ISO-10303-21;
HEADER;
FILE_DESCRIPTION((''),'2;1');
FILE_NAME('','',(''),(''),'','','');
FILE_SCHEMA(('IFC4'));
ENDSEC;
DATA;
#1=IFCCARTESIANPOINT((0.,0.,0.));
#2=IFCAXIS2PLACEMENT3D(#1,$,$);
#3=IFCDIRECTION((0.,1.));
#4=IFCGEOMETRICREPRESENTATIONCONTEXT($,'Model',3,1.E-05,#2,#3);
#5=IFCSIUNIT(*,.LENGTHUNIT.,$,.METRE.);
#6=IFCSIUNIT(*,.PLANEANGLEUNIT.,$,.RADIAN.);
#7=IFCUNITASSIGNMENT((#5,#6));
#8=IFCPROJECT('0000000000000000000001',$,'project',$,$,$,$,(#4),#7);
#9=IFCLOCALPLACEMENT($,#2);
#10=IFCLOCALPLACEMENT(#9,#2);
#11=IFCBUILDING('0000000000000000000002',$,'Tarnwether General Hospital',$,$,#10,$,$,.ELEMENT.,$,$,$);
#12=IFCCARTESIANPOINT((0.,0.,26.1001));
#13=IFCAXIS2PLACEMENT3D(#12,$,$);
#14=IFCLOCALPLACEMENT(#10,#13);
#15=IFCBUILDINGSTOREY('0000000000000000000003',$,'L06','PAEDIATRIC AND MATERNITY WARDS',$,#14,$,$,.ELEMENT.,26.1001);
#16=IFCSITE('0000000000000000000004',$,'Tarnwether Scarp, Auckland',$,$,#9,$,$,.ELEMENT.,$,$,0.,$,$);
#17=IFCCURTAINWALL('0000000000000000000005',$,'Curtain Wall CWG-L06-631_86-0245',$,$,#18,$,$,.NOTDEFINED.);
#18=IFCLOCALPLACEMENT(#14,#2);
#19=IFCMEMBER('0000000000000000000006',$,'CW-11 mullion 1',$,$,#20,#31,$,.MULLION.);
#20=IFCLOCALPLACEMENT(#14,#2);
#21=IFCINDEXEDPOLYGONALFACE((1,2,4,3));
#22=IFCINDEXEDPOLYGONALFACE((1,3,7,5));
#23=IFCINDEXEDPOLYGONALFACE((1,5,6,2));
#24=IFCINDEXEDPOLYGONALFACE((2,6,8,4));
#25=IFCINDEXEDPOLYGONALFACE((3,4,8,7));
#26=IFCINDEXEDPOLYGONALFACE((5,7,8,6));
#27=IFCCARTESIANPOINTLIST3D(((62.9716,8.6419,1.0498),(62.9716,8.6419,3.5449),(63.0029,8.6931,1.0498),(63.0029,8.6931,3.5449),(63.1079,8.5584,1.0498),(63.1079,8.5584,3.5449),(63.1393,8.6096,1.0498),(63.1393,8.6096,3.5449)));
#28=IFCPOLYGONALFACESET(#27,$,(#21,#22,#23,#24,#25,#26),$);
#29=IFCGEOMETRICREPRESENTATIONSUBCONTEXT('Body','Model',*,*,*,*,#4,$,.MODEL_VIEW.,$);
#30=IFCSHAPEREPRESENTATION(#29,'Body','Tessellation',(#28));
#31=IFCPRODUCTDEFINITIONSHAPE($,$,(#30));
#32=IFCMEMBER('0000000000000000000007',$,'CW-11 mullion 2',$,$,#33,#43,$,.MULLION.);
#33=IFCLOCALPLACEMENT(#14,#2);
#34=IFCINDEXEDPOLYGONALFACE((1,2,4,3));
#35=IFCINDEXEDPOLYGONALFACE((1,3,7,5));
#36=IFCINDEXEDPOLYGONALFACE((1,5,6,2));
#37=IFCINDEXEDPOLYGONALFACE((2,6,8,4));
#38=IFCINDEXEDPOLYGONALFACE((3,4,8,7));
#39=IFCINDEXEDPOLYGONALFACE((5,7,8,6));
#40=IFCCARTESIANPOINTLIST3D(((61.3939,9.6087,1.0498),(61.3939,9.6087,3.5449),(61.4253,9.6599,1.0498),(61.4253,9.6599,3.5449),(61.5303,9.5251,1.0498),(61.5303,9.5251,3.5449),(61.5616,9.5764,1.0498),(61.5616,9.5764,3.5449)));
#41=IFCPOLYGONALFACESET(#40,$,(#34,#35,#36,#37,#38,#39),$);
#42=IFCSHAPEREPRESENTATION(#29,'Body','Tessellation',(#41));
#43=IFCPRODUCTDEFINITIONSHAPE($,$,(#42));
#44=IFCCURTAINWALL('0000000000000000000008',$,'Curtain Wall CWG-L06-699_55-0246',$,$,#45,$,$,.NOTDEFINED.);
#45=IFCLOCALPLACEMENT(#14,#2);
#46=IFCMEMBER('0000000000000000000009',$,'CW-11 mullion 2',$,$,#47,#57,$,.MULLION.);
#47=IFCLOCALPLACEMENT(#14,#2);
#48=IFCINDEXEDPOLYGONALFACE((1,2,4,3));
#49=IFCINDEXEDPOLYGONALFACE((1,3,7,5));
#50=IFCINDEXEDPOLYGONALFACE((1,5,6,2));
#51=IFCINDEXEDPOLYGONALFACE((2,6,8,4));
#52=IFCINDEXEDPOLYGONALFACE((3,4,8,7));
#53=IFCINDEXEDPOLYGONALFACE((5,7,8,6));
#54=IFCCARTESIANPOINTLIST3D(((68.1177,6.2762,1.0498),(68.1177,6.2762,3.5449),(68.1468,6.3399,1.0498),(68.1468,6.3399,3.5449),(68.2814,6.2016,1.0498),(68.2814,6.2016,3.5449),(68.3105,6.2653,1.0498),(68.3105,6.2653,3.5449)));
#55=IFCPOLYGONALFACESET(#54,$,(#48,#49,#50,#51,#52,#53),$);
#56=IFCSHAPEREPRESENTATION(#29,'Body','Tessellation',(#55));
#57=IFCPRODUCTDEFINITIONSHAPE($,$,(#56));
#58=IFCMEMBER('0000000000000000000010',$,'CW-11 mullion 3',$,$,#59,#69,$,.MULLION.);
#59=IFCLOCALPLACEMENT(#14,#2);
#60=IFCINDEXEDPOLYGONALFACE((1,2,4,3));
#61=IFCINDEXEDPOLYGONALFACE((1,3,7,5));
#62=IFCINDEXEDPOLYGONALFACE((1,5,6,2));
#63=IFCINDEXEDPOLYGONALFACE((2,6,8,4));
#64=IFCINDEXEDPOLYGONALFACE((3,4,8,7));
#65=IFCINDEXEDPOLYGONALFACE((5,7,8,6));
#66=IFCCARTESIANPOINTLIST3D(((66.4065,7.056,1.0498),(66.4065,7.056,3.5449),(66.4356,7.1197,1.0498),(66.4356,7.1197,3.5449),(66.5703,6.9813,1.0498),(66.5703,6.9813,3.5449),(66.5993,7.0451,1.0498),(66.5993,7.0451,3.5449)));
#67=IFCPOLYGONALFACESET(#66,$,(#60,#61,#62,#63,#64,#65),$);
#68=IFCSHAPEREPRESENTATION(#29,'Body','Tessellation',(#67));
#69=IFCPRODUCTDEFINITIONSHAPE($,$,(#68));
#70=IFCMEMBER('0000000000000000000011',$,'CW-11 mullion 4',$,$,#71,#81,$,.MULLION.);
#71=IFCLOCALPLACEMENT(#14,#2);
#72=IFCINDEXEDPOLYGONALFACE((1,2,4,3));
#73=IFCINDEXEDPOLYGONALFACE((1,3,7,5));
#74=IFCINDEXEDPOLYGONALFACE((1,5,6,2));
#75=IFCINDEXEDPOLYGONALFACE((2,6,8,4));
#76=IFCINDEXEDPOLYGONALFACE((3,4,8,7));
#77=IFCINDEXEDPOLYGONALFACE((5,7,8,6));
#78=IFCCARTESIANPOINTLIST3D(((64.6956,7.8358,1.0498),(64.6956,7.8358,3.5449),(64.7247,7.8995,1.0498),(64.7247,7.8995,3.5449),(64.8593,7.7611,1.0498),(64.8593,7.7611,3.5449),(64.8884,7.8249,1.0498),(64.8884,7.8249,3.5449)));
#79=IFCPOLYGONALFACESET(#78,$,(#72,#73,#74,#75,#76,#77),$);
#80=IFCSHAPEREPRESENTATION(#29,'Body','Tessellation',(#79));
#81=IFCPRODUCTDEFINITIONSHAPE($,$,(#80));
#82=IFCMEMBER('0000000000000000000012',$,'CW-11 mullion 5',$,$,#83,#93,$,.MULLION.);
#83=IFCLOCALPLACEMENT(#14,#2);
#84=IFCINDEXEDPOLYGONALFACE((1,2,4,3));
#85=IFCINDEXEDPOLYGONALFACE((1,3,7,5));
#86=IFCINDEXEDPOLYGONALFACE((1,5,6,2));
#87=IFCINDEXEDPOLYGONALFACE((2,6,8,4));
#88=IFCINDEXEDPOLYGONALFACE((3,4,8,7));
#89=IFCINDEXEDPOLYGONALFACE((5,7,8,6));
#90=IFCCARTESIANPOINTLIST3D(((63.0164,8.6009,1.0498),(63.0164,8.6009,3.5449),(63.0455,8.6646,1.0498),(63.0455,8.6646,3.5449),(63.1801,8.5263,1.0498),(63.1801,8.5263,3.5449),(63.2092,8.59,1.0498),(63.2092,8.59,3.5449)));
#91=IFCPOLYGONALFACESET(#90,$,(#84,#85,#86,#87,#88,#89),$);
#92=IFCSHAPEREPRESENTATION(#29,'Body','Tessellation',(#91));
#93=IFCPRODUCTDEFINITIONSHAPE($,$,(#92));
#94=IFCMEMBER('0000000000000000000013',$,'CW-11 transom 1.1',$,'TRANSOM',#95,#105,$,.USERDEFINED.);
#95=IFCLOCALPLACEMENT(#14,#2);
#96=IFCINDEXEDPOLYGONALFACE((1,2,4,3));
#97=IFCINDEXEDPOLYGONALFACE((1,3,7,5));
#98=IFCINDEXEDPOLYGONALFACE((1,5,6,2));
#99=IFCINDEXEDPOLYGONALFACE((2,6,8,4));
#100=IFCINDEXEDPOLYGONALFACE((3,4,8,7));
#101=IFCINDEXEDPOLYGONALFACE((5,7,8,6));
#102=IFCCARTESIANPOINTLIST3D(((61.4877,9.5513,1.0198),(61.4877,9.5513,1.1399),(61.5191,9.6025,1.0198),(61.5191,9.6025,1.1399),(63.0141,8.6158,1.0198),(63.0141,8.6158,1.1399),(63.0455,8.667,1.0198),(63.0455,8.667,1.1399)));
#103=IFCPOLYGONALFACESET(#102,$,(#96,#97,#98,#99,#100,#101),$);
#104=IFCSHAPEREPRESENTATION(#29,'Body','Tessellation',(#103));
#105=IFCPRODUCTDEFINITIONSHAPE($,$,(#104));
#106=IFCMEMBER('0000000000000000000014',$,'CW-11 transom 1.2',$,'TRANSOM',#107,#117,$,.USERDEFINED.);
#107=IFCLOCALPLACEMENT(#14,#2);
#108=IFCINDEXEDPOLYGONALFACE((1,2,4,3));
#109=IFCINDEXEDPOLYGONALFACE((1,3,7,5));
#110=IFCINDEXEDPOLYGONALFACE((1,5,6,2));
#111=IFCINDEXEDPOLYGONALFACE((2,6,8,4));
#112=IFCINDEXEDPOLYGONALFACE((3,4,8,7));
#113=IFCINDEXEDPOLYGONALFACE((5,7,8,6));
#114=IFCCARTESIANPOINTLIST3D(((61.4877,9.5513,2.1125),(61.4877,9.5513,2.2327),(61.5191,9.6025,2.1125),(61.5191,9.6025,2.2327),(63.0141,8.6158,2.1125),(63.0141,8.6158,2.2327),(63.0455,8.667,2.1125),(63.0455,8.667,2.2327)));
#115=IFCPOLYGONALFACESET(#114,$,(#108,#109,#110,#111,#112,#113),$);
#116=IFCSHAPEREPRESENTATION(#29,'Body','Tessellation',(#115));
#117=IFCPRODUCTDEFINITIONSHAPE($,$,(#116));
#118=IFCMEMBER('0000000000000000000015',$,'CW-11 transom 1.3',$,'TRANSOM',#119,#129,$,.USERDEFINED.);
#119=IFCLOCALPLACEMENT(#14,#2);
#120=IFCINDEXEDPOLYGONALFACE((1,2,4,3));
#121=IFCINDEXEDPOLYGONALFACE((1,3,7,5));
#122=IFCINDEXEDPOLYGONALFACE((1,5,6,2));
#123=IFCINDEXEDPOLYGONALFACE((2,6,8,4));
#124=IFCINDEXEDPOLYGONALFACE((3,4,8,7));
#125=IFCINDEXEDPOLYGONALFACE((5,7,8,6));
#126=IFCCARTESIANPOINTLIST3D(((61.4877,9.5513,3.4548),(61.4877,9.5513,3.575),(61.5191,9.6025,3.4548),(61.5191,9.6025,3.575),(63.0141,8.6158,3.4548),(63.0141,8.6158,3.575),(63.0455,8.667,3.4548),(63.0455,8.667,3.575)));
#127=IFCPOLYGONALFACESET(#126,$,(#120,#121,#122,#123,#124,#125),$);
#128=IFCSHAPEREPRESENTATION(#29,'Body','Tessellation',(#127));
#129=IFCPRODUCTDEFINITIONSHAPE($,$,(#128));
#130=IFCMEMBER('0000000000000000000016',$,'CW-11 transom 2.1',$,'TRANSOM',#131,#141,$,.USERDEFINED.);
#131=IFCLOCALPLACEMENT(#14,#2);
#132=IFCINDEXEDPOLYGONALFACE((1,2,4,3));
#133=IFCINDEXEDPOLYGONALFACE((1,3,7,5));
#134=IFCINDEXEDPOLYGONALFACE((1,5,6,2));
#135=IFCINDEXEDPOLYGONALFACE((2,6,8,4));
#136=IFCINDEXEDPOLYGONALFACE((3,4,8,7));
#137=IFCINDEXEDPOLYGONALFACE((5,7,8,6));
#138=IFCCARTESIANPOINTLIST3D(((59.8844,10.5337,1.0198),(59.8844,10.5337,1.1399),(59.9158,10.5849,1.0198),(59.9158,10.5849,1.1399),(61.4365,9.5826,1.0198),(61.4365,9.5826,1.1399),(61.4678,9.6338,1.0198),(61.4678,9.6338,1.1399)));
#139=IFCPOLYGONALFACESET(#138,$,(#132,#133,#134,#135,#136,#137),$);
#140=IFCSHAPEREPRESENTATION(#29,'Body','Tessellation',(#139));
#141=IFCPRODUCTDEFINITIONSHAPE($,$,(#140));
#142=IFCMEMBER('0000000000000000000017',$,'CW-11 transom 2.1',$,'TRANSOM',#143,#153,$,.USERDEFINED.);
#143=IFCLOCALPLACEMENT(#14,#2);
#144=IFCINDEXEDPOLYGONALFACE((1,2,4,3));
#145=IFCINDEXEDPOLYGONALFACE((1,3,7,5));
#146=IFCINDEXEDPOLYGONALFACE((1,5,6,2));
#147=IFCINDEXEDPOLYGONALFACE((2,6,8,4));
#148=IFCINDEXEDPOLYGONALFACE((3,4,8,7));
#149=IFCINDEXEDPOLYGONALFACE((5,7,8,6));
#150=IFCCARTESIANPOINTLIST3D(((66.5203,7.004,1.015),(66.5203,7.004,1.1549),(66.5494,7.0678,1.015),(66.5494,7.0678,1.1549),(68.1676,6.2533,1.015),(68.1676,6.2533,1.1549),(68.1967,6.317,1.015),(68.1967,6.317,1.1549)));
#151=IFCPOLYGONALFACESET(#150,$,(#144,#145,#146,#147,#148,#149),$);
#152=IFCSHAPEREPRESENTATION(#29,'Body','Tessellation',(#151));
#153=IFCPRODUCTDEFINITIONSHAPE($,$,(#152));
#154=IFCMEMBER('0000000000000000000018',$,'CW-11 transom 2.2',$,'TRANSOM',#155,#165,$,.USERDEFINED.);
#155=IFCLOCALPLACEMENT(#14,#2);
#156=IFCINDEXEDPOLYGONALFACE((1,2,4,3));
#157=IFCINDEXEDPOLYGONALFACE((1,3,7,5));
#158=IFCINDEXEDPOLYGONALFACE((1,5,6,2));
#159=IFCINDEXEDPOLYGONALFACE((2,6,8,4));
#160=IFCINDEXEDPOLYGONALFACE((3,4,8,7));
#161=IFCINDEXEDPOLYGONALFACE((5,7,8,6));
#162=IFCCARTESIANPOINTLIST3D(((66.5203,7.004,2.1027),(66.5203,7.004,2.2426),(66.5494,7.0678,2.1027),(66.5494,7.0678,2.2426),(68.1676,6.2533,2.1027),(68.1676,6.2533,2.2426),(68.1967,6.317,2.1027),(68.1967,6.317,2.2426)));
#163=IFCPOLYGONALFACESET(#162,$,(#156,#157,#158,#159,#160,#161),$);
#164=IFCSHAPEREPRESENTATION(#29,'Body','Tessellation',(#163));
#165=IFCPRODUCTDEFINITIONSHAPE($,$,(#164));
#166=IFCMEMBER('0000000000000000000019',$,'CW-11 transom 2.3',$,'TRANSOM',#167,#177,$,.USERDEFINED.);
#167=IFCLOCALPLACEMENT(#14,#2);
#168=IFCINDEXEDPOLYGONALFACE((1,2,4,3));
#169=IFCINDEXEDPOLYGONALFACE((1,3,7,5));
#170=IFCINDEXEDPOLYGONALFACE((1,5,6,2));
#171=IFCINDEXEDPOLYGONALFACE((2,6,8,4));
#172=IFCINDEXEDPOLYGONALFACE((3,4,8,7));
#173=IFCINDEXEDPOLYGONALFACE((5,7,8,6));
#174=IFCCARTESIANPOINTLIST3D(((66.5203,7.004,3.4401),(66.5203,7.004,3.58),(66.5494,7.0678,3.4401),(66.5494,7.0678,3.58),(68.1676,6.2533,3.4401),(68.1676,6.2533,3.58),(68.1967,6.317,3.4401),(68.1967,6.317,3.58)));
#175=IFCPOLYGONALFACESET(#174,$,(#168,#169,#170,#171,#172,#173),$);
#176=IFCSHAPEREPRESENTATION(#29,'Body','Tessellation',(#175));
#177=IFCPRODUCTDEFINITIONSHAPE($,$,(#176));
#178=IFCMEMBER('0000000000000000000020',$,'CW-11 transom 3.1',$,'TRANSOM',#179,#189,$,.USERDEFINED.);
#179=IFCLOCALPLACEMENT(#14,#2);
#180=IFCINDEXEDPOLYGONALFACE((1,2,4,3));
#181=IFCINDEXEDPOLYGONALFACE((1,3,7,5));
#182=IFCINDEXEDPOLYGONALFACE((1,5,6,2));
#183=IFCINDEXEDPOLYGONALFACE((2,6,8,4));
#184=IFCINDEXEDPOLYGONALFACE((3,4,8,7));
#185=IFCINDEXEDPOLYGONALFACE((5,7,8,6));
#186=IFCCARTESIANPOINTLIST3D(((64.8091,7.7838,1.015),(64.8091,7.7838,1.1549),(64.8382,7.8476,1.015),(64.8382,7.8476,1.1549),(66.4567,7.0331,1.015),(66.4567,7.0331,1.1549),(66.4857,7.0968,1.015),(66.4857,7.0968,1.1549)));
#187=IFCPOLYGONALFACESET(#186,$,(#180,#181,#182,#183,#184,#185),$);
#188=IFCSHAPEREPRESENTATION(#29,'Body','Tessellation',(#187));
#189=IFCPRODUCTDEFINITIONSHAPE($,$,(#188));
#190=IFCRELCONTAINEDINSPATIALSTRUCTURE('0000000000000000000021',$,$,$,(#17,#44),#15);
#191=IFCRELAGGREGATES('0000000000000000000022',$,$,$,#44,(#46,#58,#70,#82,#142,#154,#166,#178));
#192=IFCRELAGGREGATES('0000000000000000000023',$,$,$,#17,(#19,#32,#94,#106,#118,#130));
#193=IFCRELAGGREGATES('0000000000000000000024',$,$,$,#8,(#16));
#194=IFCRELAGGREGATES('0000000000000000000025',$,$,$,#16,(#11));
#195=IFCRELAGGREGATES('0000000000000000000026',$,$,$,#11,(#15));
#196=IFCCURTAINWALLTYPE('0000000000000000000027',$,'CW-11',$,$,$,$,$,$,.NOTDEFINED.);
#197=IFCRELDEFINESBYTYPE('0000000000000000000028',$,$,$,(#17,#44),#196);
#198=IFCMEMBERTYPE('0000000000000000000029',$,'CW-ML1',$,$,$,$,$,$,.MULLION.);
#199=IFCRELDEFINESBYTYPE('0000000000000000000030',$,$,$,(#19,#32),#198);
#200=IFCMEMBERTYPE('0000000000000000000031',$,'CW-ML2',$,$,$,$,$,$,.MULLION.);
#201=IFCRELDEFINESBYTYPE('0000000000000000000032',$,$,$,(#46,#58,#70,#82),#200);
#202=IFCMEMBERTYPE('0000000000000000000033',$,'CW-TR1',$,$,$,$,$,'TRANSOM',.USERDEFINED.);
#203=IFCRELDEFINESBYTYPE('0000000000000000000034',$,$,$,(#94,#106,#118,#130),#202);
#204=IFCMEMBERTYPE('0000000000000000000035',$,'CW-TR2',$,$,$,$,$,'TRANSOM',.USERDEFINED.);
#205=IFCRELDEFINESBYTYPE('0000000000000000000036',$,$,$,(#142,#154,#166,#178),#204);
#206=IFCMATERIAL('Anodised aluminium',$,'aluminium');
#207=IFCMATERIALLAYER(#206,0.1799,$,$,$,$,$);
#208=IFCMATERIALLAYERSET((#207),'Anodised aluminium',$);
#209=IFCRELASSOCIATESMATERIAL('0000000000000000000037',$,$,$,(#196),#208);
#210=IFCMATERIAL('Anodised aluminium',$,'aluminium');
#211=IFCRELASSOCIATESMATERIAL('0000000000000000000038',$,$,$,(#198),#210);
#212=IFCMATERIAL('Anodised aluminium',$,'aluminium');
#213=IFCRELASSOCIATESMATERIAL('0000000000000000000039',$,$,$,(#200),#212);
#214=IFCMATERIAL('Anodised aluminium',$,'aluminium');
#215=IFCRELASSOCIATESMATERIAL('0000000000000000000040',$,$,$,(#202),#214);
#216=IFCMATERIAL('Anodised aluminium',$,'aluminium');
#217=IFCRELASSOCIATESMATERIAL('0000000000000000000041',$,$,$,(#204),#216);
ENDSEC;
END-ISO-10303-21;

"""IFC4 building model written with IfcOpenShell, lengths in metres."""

from ifc_helpers import new_model, si_unit, direction, frame, origin, origin_2d, place, context, subcontext, project, spatial, rectangle, extrude, material, layer, layer_set, material_profile, profile_set, type_object, element, aggregate, save


model = new_model("IFC4")

# Units and contexts
model_context = context("Model", 3, precision=1e-05, world=origin(), true_north=direction((0.0, 1.0)))
body_context = subcontext(model_context, "Body", "Model", "MODEL_VIEW")
ifc_project = project(units=[si_unit("LENGTHUNIT", "METRE"), si_unit("PLANEANGLEUNIT", "RADIAN")], contexts=[model_context])

# Site, building, storey
site_placement = place(None, origin())
site = spatial("IfcSite", under=ifc_project, at=site_placement, Name="Tarnwether Scarp, Auckland", CompositionType="ELEMENT", RefElevation=0.0)
building_placement = place(site_placement, origin())
building = spatial("IfcBuilding", under=site, at=building_placement, Name="Tarnwether General Hospital", CompositionType="ELEMENT")
storey_placement = place(building_placement, frame((0.0, 0.0, 26.1001)))
storey = spatial("IfcBuildingStorey", under=building, at=storey_placement, Name="L06", Description="PAEDIATRIC AND MATERNITY WARDS", CompositionType="ELEMENT", Elevation=26.1001)

# Curtain walls, members
ifc_material_1 = material(Name="Anodised aluminium", Category="aluminium")
ifc_layer_1 = layer(ifc_material_1, 0.1799)
ifc_layer_set_1 = layer_set([ifc_layer_1], Name="Anodised aluminium")
curtain_wall_type = type_object("IfcCurtainWallType", Name="CW-11", PredefinedType="NOTDEFINED", material=ifc_layer_set_1)
curtain_wall_1_placement = place(storey_placement, origin())
curtain_wall_1 = element("IfcCurtainWall", 1, at=curtain_wall_1_placement, inside=storey, type_object=curtain_wall_type, Name="Curtain Wall CWG-L06-631_86-0245", PredefinedType="NOTDEFINED")
ifc_material_2 = material(Name="Anodised aluminium", Category="aluminium")
ifc_material_profile_1 = material_profile(ifc_material_2, rectangle(XDim=0.0601, YDim=0.1599, at=origin_2d()), Name="ALU-MUL-60x160")
ifc_profile_set_1 = profile_set([ifc_material_profile_1], Name="Anodised aluminium")
member_type_1 = type_object("IfcMemberType", Name="CW-ML1", PredefinedType="MULLION", material=ifc_profile_set_1)
member_1_placement = place(storey_placement, frame((63.0554, 8.6257, 1.0498), z_axis=(0.0, 0.0, 1.0), x_axis=(-0.522509, -0.852634, 0.0)))
member_1 = element("IfcMember", 2, at=member_1_placement, type_object=member_type_1, Name="CW-11 mullion 1", PredefinedType="MULLION", context=body_context, shape_type="SweptSolid", body=[
    extrude(rectangle(XDim=0.0601, YDim=0.1599, at=origin_2d()), origin(), (0.0, 0.0, 1.0), 2.4951),
])
member_2_placement = place(storey_placement, frame((61.4778, 9.5925, 1.0498), z_axis=(0.0, 0.0, 1.0), x_axis=(-0.522509, -0.852634, 0.0)))
member_2 = element("IfcMember", 3, at=member_2_placement, type_object=member_type_1, Name="CW-11 mullion 2", PredefinedType="MULLION", context=body_context, shape_type="SweptSolid", body=[
    extrude(rectangle(XDim=0.0601, YDim=0.1599, at=origin_2d()), origin(), (0.0, 0.0, 1.0), 2.4951),
])
curtain_wall_2_placement = place(storey_placement, origin())
curtain_wall_2 = element("IfcCurtainWall", 4, at=curtain_wall_2_placement, inside=storey, type_object=curtain_wall_type, Name="Curtain Wall CWG-L06-699_55-0246", PredefinedType="NOTDEFINED")
ifc_material_3 = material(Name="Anodised aluminium", Category="aluminium")
ifc_material_profile_2 = material_profile(ifc_material_3, rectangle(XDim=0.0701, YDim=0.1799, at=origin_2d()), Name="ALU-MUL-70x180")
ifc_profile_set_2 = profile_set([ifc_material_profile_2], Name="Anodised aluminium")
member_type_2 = type_object("IfcMemberType", Name="CW-ML2", PredefinedType="MULLION", material=ifc_profile_set_2)
member_3_placement = place(storey_placement, frame((68.2141, 6.2708, 1.0498), z_axis=(0.0, 0.0, 1.0), x_axis=(-0.414694, -0.909961, 0.0)))
member_3 = element("IfcMember", 5, at=member_3_placement, type_object=member_type_2, Name="CW-11 mullion 2", PredefinedType="MULLION", context=body_context, shape_type="SweptSolid", body=[
    extrude(rectangle(XDim=0.0701, YDim=0.1799, at=origin_2d()), origin(), (0.0, 0.0, 1.0), 2.4951),
])
member_4_placement = place(storey_placement, frame((66.5029, 7.0505, 1.0498), z_axis=(0.0, 0.0, 1.0), x_axis=(-0.414694, -0.909961, 0.0)))
member_4 = element("IfcMember", 6, at=member_4_placement, type_object=member_type_2, Name="CW-11 mullion 3", PredefinedType="MULLION", context=body_context, shape_type="SweptSolid", body=[
    extrude(rectangle(XDim=0.0701, YDim=0.1799, at=origin_2d()), origin(), (0.0, 0.0, 1.0), 2.4951),
])
member_5_placement = place(storey_placement, frame((64.792, 7.8303, 1.0498), z_axis=(0.0, 0.0, 1.0), x_axis=(-0.414694, -0.909961, 0.0)))
member_5 = element("IfcMember", 7, at=member_5_placement, type_object=member_type_2, Name="CW-11 mullion 4", PredefinedType="MULLION", context=body_context, shape_type="SweptSolid", body=[
    extrude(rectangle(XDim=0.0701, YDim=0.1799, at=origin_2d()), origin(), (0.0, 0.0, 1.0), 2.4951),
])
member_6_placement = place(storey_placement, frame((63.1128, 8.5955, 1.0498), z_axis=(0.0, 0.0, 1.0), x_axis=(-0.414694, -0.909961, 0.0)))
member_6 = element("IfcMember", 8, at=member_6_placement, type_object=member_type_2, Name="CW-11 mullion 5", PredefinedType="MULLION", context=body_context, shape_type="SweptSolid", body=[
    extrude(rectangle(XDim=0.0701, YDim=0.1799, at=origin_2d()), origin(), (0.0, 0.0, 1.0), 2.4951),
])

# Members
ifc_material_4 = material(Name="Anodised aluminium", Category="aluminium")
ifc_material_profile_3 = material_profile(ifc_material_4, rectangle(XDim=0.0601, YDim=0.1201, at=origin_2d()), Name="ALU-TRN-60x120")
ifc_profile_set_3 = profile_set([ifc_material_profile_3], Name="Anodised aluminium")
member_type_3 = type_object("IfcMemberType", Name="CW-TR1", ElementType="TRANSOM", PredefinedType="USERDEFINED", material=ifc_profile_set_3)
member_7_placement = place(storey_placement, frame((63.0298, 8.6414, 1.0798), z_axis=(-0.852593, 0.522575, 0.0), x_axis=(-0.522575, -0.852593, 0.0)))
member_7 = element("IfcMember", 9, at=member_7_placement, type_object=member_type_3, Name="CW-11 transom 1.1", ObjectType="TRANSOM", PredefinedType="USERDEFINED", context=body_context, shape_type="SweptSolid", body=[
    extrude(rectangle(XDim=0.0601, YDim=0.1201, at=origin_2d()), origin(), (0.0, 0.0, 1.0), 1.7903),
])
member_8_placement = place(storey_placement, frame((63.0298, 8.6414, 2.1726), z_axis=(-0.852593, 0.522575, 0.0), x_axis=(-0.522575, -0.852593, 0.0)))
member_8 = element("IfcMember", 10, at=member_8_placement, type_object=member_type_3, Name="CW-11 transom 1.2", ObjectType="TRANSOM", PredefinedType="USERDEFINED", context=body_context, shape_type="SweptSolid", body=[
    extrude(rectangle(XDim=0.0601, YDim=0.1201, at=origin_2d()), origin(), (0.0, 0.0, 1.0), 1.7903),
])
member_9_placement = place(storey_placement, frame((63.0298, 8.6414, 3.5149), z_axis=(-0.852593, 0.522575, 0.0), x_axis=(-0.522575, -0.852593, 0.0)))
member_9 = element("IfcMember", 11, at=member_9_placement, type_object=member_type_3, Name="CW-11 transom 1.3", ObjectType="TRANSOM", PredefinedType="USERDEFINED", context=body_context, shape_type="SweptSolid", body=[
    extrude(rectangle(XDim=0.0601, YDim=0.1201, at=origin_2d()), origin(), (0.0, 0.0, 1.0), 1.7903),
])
member_10_placement = place(storey_placement, frame((61.4521, 9.6082, 1.0798), z_axis=(-0.852615, 0.52254, 0.0), x_axis=(-0.52254, -0.852615, 0.0)))
member_10 = element("IfcMember", 12, at=member_10_placement, type_object=member_type_3, Name="CW-11 transom 2.1", ObjectType="TRANSOM", PredefinedType="USERDEFINED", context=body_context, shape_type="SweptSolid", body=[
    extrude(rectangle(XDim=0.0601, YDim=0.1201, at=origin_2d()), origin(), (0.0, 0.0, 1.0), 1.8203),
])
ifc_material_5 = material(Name="Anodised aluminium", Category="aluminium")
ifc_material_profile_4 = material_profile(ifc_material_5, rectangle(XDim=0.0701, YDim=0.1399, at=origin_2d()), Name="ALU-TRN-70x140")
ifc_profile_set_4 = profile_set([ifc_material_profile_4], Name="Anodised aluminium")
member_type_4 = type_object("IfcMemberType", Name="CW-TR2", ElementType="TRANSOM", PredefinedType="USERDEFINED", material=ifc_profile_set_4)
member_11_placement = place(storey_placement, frame((68.1821, 6.2852, 1.085), z_axis=(-0.90995, 0.414717, 0.0), x_axis=(-0.414717, -0.90995, 0.0)))
member_11 = element("IfcMember", 13, at=member_11_placement, type_object=member_type_4, Name="CW-11 transom 2.1", ObjectType="TRANSOM", PredefinedType="USERDEFINED", context=body_context, shape_type="SweptSolid", body=[
    extrude(rectangle(XDim=0.0701, YDim=0.1399, at=origin_2d()), origin(), (0.0, 0.0, 1.0), 1.8103),
])
member_12_placement = place(storey_placement, frame((68.1821, 6.2852, 2.1726), z_axis=(-0.90995, 0.414717, 0.0), x_axis=(-0.414717, -0.90995, 0.0)))
member_12 = element("IfcMember", 14, at=member_12_placement, type_object=member_type_4, Name="CW-11 transom 2.2", ObjectType="TRANSOM", PredefinedType="USERDEFINED", context=body_context, shape_type="SweptSolid", body=[
    extrude(rectangle(XDim=0.0701, YDim=0.1399, at=origin_2d()), origin(), (0.0, 0.0, 1.0), 1.8103),
])
member_13_placement = place(storey_placement, frame((68.1821, 6.2852, 3.51), z_axis=(-0.90995, 0.414717, 0.0), x_axis=(-0.414717, -0.90995, 0.0)))
member_13 = element("IfcMember", 15, at=member_13_placement, type_object=member_type_4, Name="CW-11 transom 2.3", ObjectType="TRANSOM", PredefinedType="USERDEFINED", context=body_context, shape_type="SweptSolid", body=[
    extrude(rectangle(XDim=0.0701, YDim=0.1399, at=origin_2d()), origin(), (0.0, 0.0, 1.0), 1.8103),
])
member_14_placement = place(storey_placement, frame((66.4712, 7.0649, 1.085), z_axis=(-0.909974, 0.414666, 0.0), x_axis=(-0.414666, -0.909974, 0.0)))
member_14 = element("IfcMember", 16, at=member_14_placement, type_object=member_type_4, Name="CW-11 transom 3.1", ObjectType="TRANSOM", PredefinedType="USERDEFINED", context=body_context, shape_type="SweptSolid", body=[
    extrude(rectangle(XDim=0.0701, YDim=0.1399, at=origin_2d()), origin(), (0.0, 0.0, 1.0), 1.8105),
])

aggregate(curtain_wall_2, [member_3, member_4, member_5, member_6, member_11, member_12, member_13, member_14])
aggregate(curtain_wall_1, [member_1, member_2, member_7, member_8, member_9, member_10])

save(model, "model.ifc")
